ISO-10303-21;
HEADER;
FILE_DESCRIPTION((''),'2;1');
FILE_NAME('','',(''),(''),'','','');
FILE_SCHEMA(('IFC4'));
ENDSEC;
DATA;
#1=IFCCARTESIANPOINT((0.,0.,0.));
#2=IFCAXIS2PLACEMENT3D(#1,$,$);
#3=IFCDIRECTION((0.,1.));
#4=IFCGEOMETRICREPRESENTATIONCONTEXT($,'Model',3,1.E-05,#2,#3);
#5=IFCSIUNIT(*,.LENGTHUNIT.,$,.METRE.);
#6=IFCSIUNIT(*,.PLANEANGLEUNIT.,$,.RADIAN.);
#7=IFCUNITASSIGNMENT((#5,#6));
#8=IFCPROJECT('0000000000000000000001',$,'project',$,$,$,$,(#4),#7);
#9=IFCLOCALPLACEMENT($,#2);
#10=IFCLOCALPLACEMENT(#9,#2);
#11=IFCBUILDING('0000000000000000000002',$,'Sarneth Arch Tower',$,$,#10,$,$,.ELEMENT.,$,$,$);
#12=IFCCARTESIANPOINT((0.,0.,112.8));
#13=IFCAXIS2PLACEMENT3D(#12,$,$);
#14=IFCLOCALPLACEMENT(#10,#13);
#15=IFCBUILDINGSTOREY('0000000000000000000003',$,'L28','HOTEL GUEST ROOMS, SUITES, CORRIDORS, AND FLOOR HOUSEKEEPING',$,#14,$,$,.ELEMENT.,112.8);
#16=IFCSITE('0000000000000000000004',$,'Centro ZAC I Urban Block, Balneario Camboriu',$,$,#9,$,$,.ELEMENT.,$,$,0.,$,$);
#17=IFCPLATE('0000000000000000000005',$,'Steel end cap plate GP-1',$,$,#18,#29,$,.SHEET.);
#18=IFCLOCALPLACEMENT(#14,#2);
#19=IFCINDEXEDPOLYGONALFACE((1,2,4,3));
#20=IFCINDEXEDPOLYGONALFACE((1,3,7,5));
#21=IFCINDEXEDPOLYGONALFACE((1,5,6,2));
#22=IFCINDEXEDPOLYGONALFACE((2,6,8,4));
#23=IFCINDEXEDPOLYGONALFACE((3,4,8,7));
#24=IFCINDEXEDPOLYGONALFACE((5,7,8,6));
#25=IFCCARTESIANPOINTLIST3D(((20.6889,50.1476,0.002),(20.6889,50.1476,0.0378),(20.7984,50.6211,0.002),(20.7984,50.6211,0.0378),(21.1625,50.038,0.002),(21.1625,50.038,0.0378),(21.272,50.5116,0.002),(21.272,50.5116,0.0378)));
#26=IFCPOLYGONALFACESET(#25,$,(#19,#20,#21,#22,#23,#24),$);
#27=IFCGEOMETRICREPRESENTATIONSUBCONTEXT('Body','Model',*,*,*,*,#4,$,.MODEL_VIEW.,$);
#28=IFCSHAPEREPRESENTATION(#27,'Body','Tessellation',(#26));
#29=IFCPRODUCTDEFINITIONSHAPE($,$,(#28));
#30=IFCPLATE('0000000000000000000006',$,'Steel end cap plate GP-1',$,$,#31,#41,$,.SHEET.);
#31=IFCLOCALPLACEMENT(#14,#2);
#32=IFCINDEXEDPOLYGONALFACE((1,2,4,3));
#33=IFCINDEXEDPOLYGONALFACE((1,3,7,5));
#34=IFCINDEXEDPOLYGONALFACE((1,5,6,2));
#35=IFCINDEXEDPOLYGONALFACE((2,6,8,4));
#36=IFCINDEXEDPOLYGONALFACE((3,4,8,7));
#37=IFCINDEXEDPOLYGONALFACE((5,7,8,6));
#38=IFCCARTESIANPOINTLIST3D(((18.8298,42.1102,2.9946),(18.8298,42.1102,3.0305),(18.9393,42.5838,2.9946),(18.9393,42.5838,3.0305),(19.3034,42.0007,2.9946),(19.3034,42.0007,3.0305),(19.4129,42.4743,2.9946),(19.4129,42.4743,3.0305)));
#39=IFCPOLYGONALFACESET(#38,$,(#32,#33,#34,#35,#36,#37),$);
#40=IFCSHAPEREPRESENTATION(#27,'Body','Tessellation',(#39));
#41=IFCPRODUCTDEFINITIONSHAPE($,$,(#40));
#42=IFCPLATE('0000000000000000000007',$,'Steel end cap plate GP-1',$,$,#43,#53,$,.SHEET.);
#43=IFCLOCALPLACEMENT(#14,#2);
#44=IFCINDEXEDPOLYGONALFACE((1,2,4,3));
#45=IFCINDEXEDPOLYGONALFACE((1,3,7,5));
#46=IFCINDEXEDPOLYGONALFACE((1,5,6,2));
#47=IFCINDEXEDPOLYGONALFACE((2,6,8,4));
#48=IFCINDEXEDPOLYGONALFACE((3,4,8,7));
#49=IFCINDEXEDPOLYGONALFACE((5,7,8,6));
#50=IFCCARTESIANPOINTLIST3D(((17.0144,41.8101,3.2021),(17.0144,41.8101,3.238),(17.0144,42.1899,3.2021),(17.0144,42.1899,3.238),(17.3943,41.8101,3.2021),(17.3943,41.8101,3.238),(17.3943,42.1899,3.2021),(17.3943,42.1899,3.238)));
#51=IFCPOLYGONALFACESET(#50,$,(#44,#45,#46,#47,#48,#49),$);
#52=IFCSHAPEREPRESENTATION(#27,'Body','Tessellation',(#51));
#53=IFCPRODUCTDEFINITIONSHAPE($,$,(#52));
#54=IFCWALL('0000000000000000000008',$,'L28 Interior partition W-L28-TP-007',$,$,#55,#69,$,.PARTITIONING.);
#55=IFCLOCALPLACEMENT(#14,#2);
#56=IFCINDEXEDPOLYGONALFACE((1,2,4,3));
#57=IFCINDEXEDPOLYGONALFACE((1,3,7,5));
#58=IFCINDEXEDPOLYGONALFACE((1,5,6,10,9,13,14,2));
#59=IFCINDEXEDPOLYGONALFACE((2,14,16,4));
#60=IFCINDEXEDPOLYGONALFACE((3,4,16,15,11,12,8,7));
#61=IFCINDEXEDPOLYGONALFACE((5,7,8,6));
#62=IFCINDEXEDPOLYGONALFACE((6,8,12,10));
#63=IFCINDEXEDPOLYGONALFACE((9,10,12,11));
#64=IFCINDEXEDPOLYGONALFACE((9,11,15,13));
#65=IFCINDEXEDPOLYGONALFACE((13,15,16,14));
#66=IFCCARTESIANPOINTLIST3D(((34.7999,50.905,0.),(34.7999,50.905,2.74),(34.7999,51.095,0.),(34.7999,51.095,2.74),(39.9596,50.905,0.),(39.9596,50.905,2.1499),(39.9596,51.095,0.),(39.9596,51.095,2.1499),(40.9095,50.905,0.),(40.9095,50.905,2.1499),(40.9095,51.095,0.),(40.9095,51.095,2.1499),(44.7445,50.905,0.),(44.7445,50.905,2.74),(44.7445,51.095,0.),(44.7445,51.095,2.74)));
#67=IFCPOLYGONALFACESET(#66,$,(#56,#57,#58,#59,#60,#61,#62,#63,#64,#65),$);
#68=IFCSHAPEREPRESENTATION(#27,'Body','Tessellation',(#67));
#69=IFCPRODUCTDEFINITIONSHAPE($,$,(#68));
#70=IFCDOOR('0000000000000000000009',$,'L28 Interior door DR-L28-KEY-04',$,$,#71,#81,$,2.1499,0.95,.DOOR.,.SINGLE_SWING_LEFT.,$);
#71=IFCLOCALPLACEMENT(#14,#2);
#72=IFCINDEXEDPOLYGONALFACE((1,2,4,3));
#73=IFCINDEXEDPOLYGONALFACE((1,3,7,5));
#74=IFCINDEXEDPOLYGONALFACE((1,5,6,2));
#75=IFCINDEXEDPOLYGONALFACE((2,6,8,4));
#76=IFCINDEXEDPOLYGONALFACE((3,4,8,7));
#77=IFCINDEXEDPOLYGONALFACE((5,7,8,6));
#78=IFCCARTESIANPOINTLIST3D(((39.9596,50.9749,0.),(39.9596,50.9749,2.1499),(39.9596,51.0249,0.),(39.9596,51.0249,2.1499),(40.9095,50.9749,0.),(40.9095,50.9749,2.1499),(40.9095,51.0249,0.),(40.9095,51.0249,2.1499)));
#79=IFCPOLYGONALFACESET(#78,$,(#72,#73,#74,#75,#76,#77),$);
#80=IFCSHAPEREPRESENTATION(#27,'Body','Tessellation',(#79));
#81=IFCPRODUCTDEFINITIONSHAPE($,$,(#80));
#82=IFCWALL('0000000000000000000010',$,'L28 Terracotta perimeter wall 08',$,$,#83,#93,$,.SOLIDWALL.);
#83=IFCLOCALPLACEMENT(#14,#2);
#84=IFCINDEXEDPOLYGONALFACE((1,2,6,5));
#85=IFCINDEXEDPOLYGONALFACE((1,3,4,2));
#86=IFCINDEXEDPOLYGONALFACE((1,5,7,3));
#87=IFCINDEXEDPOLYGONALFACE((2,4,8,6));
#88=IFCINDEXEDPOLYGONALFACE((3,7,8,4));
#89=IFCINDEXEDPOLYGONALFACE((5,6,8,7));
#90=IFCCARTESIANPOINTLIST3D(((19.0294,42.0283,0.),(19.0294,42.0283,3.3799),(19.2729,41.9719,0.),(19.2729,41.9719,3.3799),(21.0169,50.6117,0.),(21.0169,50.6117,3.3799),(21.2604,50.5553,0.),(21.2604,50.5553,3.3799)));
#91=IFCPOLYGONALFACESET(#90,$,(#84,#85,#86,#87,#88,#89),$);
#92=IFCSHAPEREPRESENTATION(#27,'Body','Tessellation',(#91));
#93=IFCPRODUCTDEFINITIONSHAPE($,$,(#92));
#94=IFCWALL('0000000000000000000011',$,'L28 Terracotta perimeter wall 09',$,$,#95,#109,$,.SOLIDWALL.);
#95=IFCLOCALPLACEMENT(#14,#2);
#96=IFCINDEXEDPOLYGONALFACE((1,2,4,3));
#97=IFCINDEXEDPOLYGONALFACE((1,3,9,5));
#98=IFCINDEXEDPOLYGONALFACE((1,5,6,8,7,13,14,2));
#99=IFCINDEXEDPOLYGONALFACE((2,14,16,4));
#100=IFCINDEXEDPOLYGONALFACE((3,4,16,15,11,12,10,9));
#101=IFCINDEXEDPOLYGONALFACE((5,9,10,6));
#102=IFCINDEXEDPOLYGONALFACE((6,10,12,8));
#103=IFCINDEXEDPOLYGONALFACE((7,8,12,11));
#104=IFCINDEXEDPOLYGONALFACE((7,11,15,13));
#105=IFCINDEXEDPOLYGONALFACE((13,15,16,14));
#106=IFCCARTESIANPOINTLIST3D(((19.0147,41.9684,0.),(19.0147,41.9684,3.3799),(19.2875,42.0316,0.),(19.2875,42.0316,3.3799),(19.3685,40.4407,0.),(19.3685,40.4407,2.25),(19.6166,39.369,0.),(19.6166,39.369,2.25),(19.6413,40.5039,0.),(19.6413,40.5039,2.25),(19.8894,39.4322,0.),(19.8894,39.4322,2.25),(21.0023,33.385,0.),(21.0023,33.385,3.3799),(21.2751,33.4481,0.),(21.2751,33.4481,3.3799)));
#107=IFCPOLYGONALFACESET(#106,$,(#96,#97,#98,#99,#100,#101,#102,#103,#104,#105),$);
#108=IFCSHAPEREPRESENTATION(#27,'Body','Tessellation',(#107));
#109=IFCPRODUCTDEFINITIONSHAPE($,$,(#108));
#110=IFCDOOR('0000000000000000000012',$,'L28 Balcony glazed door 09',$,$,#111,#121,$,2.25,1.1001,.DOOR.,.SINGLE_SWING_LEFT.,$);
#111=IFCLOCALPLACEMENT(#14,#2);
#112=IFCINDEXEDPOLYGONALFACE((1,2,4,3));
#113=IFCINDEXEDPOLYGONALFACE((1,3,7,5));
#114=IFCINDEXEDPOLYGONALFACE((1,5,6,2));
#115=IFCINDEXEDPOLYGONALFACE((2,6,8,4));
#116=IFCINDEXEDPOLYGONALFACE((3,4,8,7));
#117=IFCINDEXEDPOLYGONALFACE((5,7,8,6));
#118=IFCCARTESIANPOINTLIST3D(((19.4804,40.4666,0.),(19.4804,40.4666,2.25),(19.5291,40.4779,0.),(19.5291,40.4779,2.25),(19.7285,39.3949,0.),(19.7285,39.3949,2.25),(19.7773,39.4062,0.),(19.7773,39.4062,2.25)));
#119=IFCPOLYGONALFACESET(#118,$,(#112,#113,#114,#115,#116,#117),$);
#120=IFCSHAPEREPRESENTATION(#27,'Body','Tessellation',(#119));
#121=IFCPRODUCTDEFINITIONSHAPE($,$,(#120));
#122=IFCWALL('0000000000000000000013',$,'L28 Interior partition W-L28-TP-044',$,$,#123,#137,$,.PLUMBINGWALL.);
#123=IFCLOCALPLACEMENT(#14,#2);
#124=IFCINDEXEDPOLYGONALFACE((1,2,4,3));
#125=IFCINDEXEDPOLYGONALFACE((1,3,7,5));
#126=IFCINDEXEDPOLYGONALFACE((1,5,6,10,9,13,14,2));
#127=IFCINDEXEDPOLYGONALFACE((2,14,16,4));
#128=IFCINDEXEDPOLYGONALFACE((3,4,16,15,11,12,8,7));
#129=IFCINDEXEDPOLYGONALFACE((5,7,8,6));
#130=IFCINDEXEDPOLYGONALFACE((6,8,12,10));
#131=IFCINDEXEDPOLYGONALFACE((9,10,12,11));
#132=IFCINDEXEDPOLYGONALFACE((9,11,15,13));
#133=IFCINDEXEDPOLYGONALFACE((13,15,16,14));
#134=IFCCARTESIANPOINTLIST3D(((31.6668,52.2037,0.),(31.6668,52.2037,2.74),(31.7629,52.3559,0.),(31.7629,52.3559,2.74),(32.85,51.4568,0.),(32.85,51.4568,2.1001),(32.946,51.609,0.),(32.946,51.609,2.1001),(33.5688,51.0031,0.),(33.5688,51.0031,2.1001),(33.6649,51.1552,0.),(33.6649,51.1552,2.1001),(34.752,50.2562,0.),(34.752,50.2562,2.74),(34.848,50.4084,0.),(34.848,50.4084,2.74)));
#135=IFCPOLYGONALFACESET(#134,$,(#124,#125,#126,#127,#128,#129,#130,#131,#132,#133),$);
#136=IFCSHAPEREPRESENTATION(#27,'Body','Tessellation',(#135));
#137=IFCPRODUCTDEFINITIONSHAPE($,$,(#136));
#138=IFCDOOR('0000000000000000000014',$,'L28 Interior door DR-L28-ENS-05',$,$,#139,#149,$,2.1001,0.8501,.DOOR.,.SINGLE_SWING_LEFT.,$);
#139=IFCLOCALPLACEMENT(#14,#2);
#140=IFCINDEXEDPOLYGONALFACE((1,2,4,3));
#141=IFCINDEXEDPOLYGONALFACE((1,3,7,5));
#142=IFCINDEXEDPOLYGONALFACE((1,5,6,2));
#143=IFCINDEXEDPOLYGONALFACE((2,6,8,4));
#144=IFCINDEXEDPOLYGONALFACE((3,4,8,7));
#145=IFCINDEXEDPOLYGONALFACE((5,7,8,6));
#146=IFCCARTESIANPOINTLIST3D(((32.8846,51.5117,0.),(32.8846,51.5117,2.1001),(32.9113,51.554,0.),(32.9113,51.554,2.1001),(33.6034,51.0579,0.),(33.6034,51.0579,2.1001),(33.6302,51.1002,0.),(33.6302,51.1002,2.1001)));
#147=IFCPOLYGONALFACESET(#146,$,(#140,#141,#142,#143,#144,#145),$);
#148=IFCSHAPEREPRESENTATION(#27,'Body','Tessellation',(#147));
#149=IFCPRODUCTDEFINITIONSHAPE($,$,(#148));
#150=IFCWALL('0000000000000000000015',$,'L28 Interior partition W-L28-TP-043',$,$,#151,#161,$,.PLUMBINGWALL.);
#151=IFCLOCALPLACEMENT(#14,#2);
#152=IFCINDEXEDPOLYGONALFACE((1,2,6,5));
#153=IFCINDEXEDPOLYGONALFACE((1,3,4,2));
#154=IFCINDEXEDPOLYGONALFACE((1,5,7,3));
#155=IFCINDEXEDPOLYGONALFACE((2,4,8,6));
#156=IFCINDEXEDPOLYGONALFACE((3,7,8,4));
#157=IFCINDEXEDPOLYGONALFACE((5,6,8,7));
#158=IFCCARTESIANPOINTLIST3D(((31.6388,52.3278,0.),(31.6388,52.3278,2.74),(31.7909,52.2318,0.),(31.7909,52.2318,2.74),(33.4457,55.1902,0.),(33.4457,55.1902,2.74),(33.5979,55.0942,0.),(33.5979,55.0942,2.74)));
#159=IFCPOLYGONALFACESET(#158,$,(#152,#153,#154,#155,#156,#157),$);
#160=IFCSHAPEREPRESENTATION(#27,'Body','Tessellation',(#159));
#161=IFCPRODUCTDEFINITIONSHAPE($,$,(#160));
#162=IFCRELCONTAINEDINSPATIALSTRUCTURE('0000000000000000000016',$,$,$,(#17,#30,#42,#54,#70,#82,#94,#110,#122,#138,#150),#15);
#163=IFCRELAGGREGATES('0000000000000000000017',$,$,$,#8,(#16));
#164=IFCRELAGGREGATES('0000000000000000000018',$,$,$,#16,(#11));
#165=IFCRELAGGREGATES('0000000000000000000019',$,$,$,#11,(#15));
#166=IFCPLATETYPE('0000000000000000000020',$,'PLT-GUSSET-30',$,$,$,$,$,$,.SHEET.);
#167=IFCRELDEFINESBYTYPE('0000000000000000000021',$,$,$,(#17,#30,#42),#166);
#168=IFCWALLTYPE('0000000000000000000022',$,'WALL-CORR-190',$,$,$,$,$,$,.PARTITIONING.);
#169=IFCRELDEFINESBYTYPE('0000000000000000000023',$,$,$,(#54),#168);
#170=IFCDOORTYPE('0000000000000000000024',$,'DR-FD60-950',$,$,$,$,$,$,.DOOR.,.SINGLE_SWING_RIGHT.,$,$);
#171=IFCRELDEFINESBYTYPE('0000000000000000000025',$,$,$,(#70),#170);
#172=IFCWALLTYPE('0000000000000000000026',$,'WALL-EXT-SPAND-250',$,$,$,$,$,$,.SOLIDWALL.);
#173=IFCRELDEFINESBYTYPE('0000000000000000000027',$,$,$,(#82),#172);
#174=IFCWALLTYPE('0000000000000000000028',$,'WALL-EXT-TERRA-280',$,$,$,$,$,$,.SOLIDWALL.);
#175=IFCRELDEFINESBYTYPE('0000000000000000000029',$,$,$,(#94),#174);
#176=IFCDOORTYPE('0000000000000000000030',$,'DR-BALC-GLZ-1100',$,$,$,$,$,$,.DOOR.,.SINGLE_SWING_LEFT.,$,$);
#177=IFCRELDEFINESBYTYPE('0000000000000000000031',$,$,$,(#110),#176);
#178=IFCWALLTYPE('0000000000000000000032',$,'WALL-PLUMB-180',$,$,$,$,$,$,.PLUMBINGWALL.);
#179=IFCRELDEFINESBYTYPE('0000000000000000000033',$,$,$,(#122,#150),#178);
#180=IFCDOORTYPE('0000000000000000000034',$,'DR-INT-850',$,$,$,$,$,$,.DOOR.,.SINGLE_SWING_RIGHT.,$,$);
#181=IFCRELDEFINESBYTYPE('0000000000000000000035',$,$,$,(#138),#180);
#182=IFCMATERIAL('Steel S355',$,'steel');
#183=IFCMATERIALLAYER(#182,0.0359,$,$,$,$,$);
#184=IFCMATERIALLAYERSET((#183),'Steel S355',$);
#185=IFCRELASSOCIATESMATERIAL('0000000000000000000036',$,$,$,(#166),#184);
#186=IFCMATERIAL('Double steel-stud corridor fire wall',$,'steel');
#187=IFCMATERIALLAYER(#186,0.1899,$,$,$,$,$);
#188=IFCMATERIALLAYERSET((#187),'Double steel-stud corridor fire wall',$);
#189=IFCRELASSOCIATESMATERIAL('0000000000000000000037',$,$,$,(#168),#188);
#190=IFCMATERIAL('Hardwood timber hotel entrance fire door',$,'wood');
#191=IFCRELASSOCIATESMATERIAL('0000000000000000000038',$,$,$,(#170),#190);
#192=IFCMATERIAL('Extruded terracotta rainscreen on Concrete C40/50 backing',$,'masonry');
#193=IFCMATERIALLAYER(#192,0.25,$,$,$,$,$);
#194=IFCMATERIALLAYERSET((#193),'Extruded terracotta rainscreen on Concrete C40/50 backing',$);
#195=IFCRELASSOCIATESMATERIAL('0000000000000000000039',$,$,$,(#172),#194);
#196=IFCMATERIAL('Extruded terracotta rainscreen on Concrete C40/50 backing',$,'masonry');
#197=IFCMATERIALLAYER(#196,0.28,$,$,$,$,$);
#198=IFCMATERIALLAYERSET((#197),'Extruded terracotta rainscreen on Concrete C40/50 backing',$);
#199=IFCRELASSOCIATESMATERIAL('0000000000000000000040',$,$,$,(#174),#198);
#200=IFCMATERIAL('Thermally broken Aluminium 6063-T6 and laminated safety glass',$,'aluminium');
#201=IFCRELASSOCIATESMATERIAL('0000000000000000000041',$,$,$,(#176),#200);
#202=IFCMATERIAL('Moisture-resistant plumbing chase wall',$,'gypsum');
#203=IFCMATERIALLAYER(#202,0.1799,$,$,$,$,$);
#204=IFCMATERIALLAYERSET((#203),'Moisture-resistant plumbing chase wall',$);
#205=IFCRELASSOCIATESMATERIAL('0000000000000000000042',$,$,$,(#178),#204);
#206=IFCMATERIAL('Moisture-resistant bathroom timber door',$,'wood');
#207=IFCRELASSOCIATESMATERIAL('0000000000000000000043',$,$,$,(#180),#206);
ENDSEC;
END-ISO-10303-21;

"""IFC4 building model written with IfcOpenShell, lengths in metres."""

from ifc_helpers import new_model, si_unit, direction, frame, frame_2d, origin, origin_2d, place, context, subcontext, project, spatial, rectangle, extrude, material, layer, layer_set, type_object, element, fill, save


model = new_model("IFC4")

# Units and contexts
model_context = context("Model", 3, precision=1e-05, world=origin(), true_north=direction((0.0, 1.0)))
body_context = subcontext(model_context, "Body", "Model", "MODEL_VIEW")
ifc_project = project(units=[si_unit("LENGTHUNIT", "METRE"), si_unit("PLANEANGLEUNIT", "RADIAN")], contexts=[model_context])

# Site, building, storey
site_placement = place(None, origin())
site = spatial("IfcSite", under=ifc_project, at=site_placement, Name="Centro ZAC I Urban Block, Balneario Camboriu", CompositionType="ELEMENT", RefElevation=0.0)
building_placement = place(site_placement, origin())
building = spatial("IfcBuilding", under=site, at=building_placement, Name="Sarneth Arch Tower", CompositionType="ELEMENT")
storey_placement = place(building_placement, frame((0.0, 0.0, 112.8)))
storey = spatial("IfcBuildingStorey", under=building, at=storey_placement, Name="L28", Description="HOTEL GUEST ROOMS, SUITES, CORRIDORS, AND FLOOR HOUSEKEEPING", CompositionType="ELEMENT", Elevation=112.8)

# Plates
ifc_material_1 = material(Name="Steel S355", Category="steel")
ifc_layer_1 = layer(ifc_material_1, 0.0359)
ifc_layer_set_1 = layer_set([ifc_layer_1], Name="Steel S355")
plate_type = type_object("IfcPlateType", Name="PLT-GUSSET-30", PredefinedType="SHEET", material=ifc_layer_set_1)
for number, where, z_axis, x_axis, name in (
    (1, (20.9805, 50.3296, 0.002), (0.0, 0.0, 1.0), (-0.225291, -0.974291, 0.0), "Steel end cap plate GP-1"),
    (2, (19.1213, 42.2922, 2.9946), (0.0, 0.0, 1.0), (-0.225291, -0.974291, 0.0), "Steel end cap plate GP-1"),
):
    element("IfcPlate", number, at=place(storey_placement, frame(where, z_axis=z_axis, x_axis=x_axis)), inside=storey, type_object=plate_type, Name=name, PredefinedType="SHEET", context=body_context, shape_type="SweptSolid", body=[
        extrude(rectangle(XDim=0.4861, YDim=0.4861, at=origin_2d()), origin(), (0.0, 0.0, 1.0), 0.0359),
    ])
plate_placement = place(storey_placement, frame((17.2043, 42.0, 3.2021), z_axis=(0.0, 0.0, 1.0), x_axis=(-1.0, 0.0, 0.0)))
element("IfcPlate", 3, at=plate_placement, inside=storey, type_object=plate_type, Name="Steel end cap plate GP-1", PredefinedType="SHEET", context=body_context, shape_type="SweptSolid", body=[
    extrude(rectangle(XDim=0.3799, YDim=0.3799, at=origin_2d()), origin(), (0.0, 0.0, 1.0), 0.0359),
])

# Wall, opening, door
ifc_material_2 = material(Name="Double steel-stud corridor fire wall", Category="steel")
ifc_layer_2 = layer(ifc_material_2, 0.1899)
ifc_layer_set_2 = layer_set([ifc_layer_2], Name="Double steel-stud corridor fire wall")
wall_type_1 = type_object("IfcWallType", Name="WALL-CORR-190", PredefinedType="PARTITIONING", material=ifc_layer_set_2)
wall_1_placement = place(storey_placement, frame((34.8, 51.0, 0.0), z_axis=(0.0, 0.0, 1.0), x_axis=(1.0, 0.0, 0.0)))
wall_1 = element("IfcWall", 4, at=wall_1_placement, inside=storey, type_object=wall_type_1, Name="L28 Interior partition W-L28-TP-007", PredefinedType="PARTITIONING", context=body_context, shape_type="SweptSolid", body=[
    extrude(rectangle(XDim=9.9446, YDim=0.1899, at=frame_2d((4.9722, 0.0))), origin(), (0.0, 0.0, 1.0), 2.74),
])
opening_1_placement = place(wall_1_placement, frame((5.1594, 0.0, 0.0)))
opening_1 = element("IfcOpeningElement", 5, at=opening_1_placement, cuts=wall_1, PredefinedType="OPENING", context=body_context, shape_type="SweptSolid", body=[
    extrude(rectangle(XDim=0.95, YDim=2.1499, at=frame_2d((0.4751, 1.075))), frame((0.0, 0.105, 0.0), z_axis=(0.0, -1.0, 0.0), x_axis=(1.0, 0.0, 0.0)), (0.0, 0.0, 1.0), 0.21),
])
ifc_material_3 = material(Name="Hardwood timber hotel entrance fire door", Category="wood")
door_type_1 = type_object("IfcDoorType", Name="DR-FD60-950", OperationType="SINGLE_SWING_RIGHT", PredefinedType="DOOR", material=ifc_material_3)
door_1_placement = place(opening_1_placement, origin())
door_1 = element("IfcDoor", 6, at=door_1_placement, inside=storey, type_object=door_type_1, Name="L28 Interior door DR-L28-KEY-04", OperationType="SINGLE_SWING_LEFT", OverallHeight=2.1499, OverallWidth=0.95, PredefinedType="DOOR", context=body_context, shape_type="SweptSolid", body=[
    extrude(rectangle(XDim=0.95, YDim=2.1499, at=frame_2d((0.4751, 1.075))), frame((0.0, 0.0249, 0.0), z_axis=(0.0, -1.0, 0.0), x_axis=(1.0, 0.0, 0.0)), (0.0, 0.0, 1.0), 0.05),
])
fill(opening_1, door_1)

# Wall
ifc_material_4 = material(Name="Extruded terracotta rainscreen on Concrete C40/50 backing", Category="masonry")
ifc_layer_3 = layer(ifc_material_4, 0.25)
ifc_layer_set_3 = layer_set([ifc_layer_3], Name="Extruded terracotta rainscreen on Concrete C40/50 backing")
wall_type_2 = type_object("IfcWallType", Name="WALL-EXT-SPAND-250", PredefinedType="SOLIDWALL", material=ifc_layer_set_3)
wall_2_placement = place(storey_placement, frame((21.1387, 50.5835, 0.0), z_axis=(0.0, 0.0, 1.0), x_axis=(-0.225586, -0.974223, 0.0)))
element("IfcWall", 7, at=wall_2_placement, inside=storey, type_object=wall_type_2, Name="L28 Terracotta perimeter wall 08", PredefinedType="SOLIDWALL", context=body_context, shape_type="SweptSolid", body=[
    extrude(rectangle(XDim=8.8105, YDim=0.25, at=frame_2d((4.4053, 0.0))), origin(), (0.0, 0.0, 1.0), 3.3799),
])

# Walls, openings, doors
ifc_material_5 = material(Name="Extruded terracotta rainscreen on Concrete C40/50 backing", Category="masonry")
ifc_layer_4 = layer(ifc_material_5, 0.28)
ifc_layer_set_4 = layer_set([ifc_layer_4], Name="Extruded terracotta rainscreen on Concrete C40/50 backing")
wall_type_3 = type_object("IfcWallType", Name="WALL-EXT-TERRA-280", PredefinedType="SOLIDWALL", material=ifc_layer_set_4)
wall_3_placement = place(storey_placement, frame((19.1511, 42.0, 0.0), z_axis=(0.0, 0.0, 1.0), x_axis=(0.225586, -0.974223, 0.0)))
wall_3 = element("IfcWall", 8, at=wall_3_placement, inside=storey, type_object=wall_type_3, Name="L28 Terracotta perimeter wall 09", PredefinedType="SOLIDWALL", context=body_context, shape_type="SweptSolid", body=[
    extrude(rectangle(XDim=8.8105, YDim=0.28, at=frame_2d((4.4053, 0.0))), origin(), (0.0, 0.0, 1.0), 3.3799),
])
opening_2_placement = place(wall_3_placement, frame((1.5681, 0.0, 0.0)))
opening_2 = element("IfcOpeningElement", 9, at=opening_2_placement, cuts=wall_3, PredefinedType="OPENING", context=body_context, shape_type="SweptSolid", body=[
    extrude(rectangle(XDim=1.1001, YDim=2.25, at=frame_2d((0.55, 1.125))), frame((0.0, 0.1499, 0.0), z_axis=(0.0, -1.0, 0.0), x_axis=(1.0, 0.0, 0.0)), (0.0, 0.0, 1.0), 0.3),
])
ifc_material_6 = material(Name="Thermally broken Aluminium 6063-T6 and laminated safety glass", Category="aluminium")
door_type_2 = type_object("IfcDoorType", Name="DR-BALC-GLZ-1100", OperationType="SINGLE_SWING_LEFT", PredefinedType="DOOR", material=ifc_material_6)
door_2_placement = place(opening_2_placement, origin())
door_2 = element("IfcDoor", 10, at=door_2_placement, inside=storey, type_object=door_type_2, Name="L28 Balcony glazed door 09", OperationType="SINGLE_SWING_LEFT", OverallHeight=2.25, OverallWidth=1.1001, PredefinedType="DOOR", context=body_context, shape_type="SweptSolid", body=[
    extrude(rectangle(XDim=1.1001, YDim=2.25, at=frame_2d((0.55, 1.125))), frame((0.0, 0.0249, 0.0), z_axis=(0.0, -1.0, 0.0), x_axis=(1.0, 0.0, 0.0)), (0.0, 0.0, 1.0), 0.05),
])
fill(opening_2, door_2)
ifc_material_7 = material(Name="Moisture-resistant plumbing chase wall", Category="gypsum")
ifc_layer_5 = layer(ifc_material_7, 0.1799)
ifc_layer_set_5 = layer_set([ifc_layer_5], Name="Moisture-resistant plumbing chase wall")
wall_type_4 = type_object("IfcWallType", Name="WALL-PLUMB-180", PredefinedType="PLUMBINGWALL", material=ifc_layer_set_5)
wall_4_placement = place(storey_placement, frame((31.7148, 52.2798, 0.0), z_axis=(0.0, 0.0, 1.0), x_axis=(0.845618, -0.533789, 0.0)))
wall_4 = element("IfcWall", 11, at=wall_4_placement, inside=storey, type_object=wall_type_4, Name="L28 Interior partition W-L28-TP-044", PredefinedType="PLUMBINGWALL", context=body_context, shape_type="SweptSolid", body=[
    extrude(rectangle(XDim=3.6484, YDim=0.1799, at=frame_2d((1.8242, 0.0))), origin(), (0.0, 0.0, 1.0), 2.74),
])
opening_3_placement = place(wall_4_placement, frame((1.3992, 0.0, 0.0)))
opening_3 = element("IfcOpeningElement", 12, at=opening_3_placement, cuts=wall_4, PredefinedType="OPENING", context=body_context, shape_type="SweptSolid", body=[
    extrude(rectangle(XDim=0.8501, YDim=2.1001, at=frame_2d((0.425, 1.05))), frame((0.0, 0.0999, 0.0), z_axis=(0.0, -1.0, 0.0), x_axis=(1.0, 0.0, 0.0)), (0.0, 0.0, 1.0), 0.2),
])
ifc_material_8 = material(Name="Moisture-resistant bathroom timber door", Category="wood")
door_type_3 = type_object("IfcDoorType", Name="DR-INT-850", OperationType="SINGLE_SWING_RIGHT", PredefinedType="DOOR", material=ifc_material_8)
door_3_placement = place(opening_3_placement, origin())
door_3 = element("IfcDoor", 13, at=door_3_placement, inside=storey, type_object=door_type_3, Name="L28 Interior door DR-L28-ENS-05", OperationType="SINGLE_SWING_LEFT", OverallHeight=2.1001, OverallWidth=0.8501, PredefinedType="DOOR", context=body_context, shape_type="SweptSolid", body=[
    extrude(rectangle(XDim=0.8501, YDim=2.1001, at=frame_2d((0.425, 1.05))), frame((0.0, 0.0249, 0.0), z_axis=(0.0, -1.0, 0.0), x_axis=(1.0, 0.0, 0.0)), (0.0, 0.0, 1.0), 0.05),
])
fill(opening_3, door_3)

# Wall
wall_5_placement = place(storey_placement, frame((33.5217, 55.1421, 0.0), z_axis=(0.0, 0.0, 1.0), x_axis=(-0.533806, -0.845607, 0.0)))
element("IfcWall", 14, at=wall_5_placement, inside=storey, type_object=wall_type_4, Name="L28 Interior partition W-L28-TP-043", PredefinedType="PLUMBINGWALL", context=body_context, shape_type="SweptSolid", body=[
    extrude(rectangle(XDim=3.385, YDim=0.1799, at=frame_2d((1.6924, 0.0))), origin(), (0.0, 0.0, 1.0), 2.74),
])

save(model, "model.ifc")
